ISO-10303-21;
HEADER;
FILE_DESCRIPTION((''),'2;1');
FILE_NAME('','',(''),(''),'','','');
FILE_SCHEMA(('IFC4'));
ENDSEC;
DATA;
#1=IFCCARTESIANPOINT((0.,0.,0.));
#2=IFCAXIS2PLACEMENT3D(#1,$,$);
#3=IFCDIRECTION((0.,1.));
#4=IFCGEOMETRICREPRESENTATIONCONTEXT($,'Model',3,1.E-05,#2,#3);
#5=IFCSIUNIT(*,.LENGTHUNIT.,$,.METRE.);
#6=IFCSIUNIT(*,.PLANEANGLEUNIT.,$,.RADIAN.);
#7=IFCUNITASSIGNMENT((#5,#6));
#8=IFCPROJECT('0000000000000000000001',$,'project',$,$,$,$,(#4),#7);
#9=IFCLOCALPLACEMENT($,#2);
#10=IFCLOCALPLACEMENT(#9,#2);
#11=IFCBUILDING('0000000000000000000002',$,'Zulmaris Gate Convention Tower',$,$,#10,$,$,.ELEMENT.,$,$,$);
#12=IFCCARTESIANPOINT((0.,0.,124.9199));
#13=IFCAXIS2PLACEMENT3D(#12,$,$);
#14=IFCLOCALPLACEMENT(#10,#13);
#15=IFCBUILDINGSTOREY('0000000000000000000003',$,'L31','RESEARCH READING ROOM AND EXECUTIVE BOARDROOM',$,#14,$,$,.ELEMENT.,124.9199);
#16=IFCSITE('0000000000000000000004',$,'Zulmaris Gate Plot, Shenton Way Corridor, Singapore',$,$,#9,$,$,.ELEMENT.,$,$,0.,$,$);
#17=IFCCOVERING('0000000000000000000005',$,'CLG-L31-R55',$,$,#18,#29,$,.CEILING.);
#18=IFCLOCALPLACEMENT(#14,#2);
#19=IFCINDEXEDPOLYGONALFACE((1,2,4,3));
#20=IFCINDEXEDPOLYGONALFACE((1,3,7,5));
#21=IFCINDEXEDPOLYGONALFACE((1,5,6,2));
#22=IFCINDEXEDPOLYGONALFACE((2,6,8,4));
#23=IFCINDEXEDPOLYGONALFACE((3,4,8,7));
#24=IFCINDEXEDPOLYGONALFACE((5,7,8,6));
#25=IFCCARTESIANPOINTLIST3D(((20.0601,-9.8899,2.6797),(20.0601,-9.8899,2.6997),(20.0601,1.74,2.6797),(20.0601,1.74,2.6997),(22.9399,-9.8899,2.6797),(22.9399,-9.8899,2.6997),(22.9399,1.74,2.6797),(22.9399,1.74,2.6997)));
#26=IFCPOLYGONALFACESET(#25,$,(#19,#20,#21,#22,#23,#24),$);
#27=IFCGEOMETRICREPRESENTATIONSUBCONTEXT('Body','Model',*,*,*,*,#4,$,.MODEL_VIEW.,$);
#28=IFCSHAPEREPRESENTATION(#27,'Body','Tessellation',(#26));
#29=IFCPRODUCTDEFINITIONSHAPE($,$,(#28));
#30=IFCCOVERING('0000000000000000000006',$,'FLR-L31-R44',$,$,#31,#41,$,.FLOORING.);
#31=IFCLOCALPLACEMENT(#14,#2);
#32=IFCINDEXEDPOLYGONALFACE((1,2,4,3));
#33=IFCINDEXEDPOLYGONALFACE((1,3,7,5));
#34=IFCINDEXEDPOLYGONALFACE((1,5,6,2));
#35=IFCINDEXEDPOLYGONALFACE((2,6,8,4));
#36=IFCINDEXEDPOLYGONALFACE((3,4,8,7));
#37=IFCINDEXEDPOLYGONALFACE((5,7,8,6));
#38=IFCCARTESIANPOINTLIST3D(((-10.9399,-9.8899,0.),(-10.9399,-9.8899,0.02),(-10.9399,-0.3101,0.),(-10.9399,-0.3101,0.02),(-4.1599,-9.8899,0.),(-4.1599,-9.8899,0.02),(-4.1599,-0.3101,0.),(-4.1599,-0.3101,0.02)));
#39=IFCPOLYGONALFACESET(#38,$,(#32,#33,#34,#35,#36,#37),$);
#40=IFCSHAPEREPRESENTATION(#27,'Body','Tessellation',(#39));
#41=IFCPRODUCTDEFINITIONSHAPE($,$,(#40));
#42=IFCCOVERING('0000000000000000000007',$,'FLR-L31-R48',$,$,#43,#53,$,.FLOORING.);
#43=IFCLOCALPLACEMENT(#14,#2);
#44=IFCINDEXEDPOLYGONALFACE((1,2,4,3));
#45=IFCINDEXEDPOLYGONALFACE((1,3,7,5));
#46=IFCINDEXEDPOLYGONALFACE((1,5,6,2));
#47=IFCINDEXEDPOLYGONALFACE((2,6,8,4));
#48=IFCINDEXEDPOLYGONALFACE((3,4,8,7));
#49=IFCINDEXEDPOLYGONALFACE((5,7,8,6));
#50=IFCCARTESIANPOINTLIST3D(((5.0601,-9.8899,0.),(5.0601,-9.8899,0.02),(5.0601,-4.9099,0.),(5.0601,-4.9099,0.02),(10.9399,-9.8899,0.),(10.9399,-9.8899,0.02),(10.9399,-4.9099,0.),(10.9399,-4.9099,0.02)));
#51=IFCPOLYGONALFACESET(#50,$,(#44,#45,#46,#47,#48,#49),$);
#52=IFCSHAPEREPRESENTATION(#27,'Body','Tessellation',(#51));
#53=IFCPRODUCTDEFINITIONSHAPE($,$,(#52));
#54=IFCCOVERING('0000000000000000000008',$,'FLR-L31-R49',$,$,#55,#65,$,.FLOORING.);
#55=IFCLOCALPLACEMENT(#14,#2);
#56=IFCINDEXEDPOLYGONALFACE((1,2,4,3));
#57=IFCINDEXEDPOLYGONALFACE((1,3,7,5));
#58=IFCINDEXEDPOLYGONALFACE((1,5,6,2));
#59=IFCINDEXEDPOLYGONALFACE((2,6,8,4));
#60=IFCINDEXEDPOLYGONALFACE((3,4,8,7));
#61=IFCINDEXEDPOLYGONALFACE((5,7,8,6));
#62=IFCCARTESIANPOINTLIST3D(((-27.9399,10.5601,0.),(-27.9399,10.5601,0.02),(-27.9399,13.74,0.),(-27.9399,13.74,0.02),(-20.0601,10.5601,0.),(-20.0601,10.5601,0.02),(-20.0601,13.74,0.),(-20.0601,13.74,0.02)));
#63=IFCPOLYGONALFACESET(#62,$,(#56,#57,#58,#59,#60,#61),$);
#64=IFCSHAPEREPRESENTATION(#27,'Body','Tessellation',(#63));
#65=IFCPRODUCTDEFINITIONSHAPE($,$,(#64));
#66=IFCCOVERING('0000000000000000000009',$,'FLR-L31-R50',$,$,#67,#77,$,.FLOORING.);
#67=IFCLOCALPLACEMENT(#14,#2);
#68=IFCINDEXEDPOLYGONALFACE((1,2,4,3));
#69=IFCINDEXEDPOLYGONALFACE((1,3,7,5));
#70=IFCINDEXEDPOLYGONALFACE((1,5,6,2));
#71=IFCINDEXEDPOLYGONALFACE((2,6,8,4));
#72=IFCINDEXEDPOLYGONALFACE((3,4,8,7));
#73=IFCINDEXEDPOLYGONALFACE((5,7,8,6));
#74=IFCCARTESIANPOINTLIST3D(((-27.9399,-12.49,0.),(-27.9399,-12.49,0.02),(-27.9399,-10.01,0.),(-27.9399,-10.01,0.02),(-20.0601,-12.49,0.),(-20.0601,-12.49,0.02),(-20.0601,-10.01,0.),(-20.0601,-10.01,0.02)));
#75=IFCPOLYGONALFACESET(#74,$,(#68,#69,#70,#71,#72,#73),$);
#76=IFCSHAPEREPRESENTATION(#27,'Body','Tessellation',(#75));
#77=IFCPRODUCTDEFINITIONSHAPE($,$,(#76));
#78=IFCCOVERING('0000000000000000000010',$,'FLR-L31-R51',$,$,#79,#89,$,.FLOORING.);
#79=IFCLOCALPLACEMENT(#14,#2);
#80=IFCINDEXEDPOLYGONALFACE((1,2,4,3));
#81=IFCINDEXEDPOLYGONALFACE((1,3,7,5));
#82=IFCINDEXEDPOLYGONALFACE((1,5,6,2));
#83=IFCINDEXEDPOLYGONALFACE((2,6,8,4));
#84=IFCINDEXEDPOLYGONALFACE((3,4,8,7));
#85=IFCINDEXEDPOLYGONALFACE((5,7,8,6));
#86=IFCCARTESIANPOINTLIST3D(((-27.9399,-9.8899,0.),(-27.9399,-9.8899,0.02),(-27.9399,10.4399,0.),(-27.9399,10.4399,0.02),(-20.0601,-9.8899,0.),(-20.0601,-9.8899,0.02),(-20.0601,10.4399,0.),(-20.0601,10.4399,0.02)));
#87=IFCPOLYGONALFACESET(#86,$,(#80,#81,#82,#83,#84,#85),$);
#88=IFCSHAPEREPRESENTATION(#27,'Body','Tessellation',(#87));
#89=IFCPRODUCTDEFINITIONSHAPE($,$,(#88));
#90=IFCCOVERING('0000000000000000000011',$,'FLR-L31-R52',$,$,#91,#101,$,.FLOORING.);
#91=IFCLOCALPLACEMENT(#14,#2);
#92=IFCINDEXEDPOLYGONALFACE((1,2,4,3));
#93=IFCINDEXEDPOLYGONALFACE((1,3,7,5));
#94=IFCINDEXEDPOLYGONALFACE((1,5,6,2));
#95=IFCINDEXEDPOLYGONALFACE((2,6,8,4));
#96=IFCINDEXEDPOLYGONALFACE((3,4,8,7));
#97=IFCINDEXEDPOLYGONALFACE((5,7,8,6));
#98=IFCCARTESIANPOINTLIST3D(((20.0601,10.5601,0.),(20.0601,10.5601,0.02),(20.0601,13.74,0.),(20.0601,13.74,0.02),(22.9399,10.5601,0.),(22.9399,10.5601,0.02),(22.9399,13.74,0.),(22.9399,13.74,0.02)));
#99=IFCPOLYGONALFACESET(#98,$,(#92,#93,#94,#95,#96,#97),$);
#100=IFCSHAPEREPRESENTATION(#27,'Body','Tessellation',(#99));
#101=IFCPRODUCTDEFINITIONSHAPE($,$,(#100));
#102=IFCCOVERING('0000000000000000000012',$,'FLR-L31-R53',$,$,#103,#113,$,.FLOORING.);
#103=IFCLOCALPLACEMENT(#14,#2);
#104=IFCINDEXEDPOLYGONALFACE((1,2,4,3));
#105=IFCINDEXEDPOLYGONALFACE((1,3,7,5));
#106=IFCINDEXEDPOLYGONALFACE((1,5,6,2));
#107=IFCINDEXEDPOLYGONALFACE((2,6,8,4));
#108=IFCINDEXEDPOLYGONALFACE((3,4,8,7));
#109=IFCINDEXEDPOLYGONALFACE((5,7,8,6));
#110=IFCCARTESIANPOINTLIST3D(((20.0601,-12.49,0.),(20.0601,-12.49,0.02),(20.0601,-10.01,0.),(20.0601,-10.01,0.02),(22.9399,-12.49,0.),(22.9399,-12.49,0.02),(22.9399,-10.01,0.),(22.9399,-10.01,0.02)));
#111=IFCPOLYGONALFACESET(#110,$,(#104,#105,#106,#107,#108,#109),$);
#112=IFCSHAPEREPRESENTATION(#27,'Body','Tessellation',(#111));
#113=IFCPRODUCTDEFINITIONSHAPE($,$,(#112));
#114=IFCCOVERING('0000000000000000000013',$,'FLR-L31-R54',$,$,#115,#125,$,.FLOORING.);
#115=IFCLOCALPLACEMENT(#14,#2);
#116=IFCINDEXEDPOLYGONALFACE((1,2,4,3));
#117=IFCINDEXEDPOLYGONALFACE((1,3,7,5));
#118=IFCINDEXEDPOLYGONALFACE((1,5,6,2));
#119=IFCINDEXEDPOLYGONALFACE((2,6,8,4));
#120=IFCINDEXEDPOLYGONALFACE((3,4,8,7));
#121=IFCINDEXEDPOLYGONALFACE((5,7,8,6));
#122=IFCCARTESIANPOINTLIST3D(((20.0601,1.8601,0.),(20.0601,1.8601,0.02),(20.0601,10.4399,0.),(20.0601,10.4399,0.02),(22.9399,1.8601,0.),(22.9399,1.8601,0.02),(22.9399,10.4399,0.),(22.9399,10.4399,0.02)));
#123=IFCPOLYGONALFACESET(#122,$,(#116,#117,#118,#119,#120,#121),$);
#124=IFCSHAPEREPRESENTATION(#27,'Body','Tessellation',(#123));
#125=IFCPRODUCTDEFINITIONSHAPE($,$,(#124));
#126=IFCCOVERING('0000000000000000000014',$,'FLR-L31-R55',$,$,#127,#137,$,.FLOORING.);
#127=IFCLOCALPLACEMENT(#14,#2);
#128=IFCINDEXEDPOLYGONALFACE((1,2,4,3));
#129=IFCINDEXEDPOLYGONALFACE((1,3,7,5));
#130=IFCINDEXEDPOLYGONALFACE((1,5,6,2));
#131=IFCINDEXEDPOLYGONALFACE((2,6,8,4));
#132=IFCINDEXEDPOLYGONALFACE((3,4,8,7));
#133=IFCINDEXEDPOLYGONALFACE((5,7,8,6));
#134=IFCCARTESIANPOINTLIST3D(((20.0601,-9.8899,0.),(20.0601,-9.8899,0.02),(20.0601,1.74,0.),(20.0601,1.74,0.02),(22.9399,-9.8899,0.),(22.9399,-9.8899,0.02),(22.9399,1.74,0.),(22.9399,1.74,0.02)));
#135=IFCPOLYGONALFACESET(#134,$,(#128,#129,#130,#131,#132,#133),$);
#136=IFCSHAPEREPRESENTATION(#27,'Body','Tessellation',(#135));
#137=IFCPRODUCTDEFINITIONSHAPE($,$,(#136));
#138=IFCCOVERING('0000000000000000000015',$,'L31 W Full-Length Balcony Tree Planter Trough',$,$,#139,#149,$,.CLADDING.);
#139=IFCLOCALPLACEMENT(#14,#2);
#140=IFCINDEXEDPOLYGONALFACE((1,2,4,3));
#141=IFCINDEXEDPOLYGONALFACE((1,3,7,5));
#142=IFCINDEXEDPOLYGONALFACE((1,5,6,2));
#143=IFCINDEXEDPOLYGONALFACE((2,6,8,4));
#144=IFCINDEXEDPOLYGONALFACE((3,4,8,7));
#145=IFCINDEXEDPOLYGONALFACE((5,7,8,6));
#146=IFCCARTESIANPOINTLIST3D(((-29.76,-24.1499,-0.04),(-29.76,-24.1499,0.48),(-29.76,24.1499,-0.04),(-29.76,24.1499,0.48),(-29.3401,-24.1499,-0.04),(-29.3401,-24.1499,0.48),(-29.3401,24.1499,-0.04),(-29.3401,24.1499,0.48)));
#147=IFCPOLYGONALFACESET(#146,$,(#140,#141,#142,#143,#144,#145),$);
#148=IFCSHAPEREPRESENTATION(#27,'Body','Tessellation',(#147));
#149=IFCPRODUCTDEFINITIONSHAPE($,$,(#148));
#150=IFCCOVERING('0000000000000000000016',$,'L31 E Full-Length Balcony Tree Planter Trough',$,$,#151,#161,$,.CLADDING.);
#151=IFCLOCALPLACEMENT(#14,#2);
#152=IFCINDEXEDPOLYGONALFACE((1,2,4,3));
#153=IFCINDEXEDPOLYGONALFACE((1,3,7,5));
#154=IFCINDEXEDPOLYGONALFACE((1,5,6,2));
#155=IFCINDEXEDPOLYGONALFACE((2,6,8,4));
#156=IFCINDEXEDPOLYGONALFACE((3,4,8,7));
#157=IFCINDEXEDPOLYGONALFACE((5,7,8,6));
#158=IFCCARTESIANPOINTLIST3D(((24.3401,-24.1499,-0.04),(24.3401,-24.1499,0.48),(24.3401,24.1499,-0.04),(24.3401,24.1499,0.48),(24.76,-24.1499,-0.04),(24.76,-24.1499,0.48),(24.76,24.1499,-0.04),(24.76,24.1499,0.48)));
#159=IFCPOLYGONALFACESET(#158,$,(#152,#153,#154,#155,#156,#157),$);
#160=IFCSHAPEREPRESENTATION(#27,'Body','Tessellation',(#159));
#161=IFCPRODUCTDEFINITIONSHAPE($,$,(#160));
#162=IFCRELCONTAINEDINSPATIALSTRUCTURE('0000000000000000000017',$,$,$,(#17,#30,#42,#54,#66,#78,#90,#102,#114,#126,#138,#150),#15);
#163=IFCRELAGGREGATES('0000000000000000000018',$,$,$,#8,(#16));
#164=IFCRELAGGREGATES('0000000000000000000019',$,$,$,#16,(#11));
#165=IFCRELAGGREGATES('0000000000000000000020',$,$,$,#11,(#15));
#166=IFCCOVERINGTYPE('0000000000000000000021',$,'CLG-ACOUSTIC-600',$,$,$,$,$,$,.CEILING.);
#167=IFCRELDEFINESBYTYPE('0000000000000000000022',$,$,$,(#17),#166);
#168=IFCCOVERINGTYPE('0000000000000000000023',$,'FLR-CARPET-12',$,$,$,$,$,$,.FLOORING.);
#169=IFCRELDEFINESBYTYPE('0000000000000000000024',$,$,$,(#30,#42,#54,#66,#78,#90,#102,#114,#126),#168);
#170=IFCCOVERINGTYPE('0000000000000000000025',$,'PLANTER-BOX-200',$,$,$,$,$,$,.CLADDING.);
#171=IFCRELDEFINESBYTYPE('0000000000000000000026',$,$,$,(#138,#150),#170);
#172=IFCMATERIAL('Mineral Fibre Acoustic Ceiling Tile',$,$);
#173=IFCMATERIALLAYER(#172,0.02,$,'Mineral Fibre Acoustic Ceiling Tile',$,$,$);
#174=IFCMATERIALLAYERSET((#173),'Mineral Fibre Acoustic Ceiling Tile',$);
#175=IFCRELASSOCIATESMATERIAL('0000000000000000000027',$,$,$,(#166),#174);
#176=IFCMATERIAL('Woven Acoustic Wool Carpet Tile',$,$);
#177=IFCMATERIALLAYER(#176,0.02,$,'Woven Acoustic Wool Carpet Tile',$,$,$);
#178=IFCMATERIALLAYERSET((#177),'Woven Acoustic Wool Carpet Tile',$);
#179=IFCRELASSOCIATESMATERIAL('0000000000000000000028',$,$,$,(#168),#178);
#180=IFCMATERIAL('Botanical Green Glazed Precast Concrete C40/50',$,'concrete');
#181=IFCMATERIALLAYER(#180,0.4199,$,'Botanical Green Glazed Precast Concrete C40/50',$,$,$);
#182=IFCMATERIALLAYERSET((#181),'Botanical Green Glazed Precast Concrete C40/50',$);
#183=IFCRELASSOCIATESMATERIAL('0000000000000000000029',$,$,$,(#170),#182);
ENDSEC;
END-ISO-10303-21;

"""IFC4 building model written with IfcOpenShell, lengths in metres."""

from ifc_helpers import new_model, si_unit, direction, frame, origin, place, context, subcontext, project, spatial, polyline, outline, extrude, material, layer, layer_set, type_object, element, save


model = new_model("IFC4")

# Units and contexts
model_context = context("Model", 3, precision=1e-05, world=origin(), true_north=direction((0.0, 1.0)))
body_context = subcontext(model_context, "Body", "Model", "MODEL_VIEW")
ifc_project = project(units=[si_unit("LENGTHUNIT", "METRE"), si_unit("PLANEANGLEUNIT", "RADIAN")], contexts=[model_context])

# Site, building, storey
site_placement = place(None, origin())
site = spatial("IfcSite", under=ifc_project, at=site_placement, Name="Zulmaris Gate Plot, Shenton Way Corridor, Singapore", CompositionType="ELEMENT", RefElevation=0.0)
building_placement = place(site_placement, origin())
building = spatial("IfcBuilding", under=site, at=building_placement, Name="Zulmaris Gate Convention Tower", CompositionType="ELEMENT")
storey_placement = place(building_placement, frame((0.0, 0.0, 124.9199)))
storey = spatial("IfcBuildingStorey", under=building, at=storey_placement, Name="L31", Description="RESEARCH READING ROOM AND EXECUTIVE BOARDROOM", CompositionType="ELEMENT", Elevation=124.9199)

# Coverings
ifc_material_1 = material(Name="Mineral Fibre Acoustic Ceiling Tile")
ifc_layer_1 = layer(ifc_material_1, 0.02, Name="Mineral Fibre Acoustic Ceiling Tile")
ifc_layer_set_1 = layer_set([ifc_layer_1], Name="Mineral Fibre Acoustic Ceiling Tile")
covering_type_1 = type_object("IfcCoveringType", Name="CLG-ACOUSTIC-600", PredefinedType="CEILING", material=ifc_layer_set_1)
covering_1_placement = place(storey_placement, frame((0.0, 0.0, 2.6797)))
element("IfcCovering", 1, at=covering_1_placement, inside=storey, type_object=covering_type_1, Name="CLG-L31-R55", PredefinedType="CEILING", context=body_context, shape_type="SweptSolid", body=[
    extrude(outline(polyline([(20.0601, -9.8899), (22.9399, -9.8899), (22.9399, 1.74), (20.0601, 1.74), (20.0601, -9.8899)])), origin(), (0.0, 0.0, 1.0), 0.02),
])
ifc_material_2 = material(Name="Woven Acoustic Wool Carpet Tile")
ifc_layer_2 = layer(ifc_material_2, 0.02, Name="Woven Acoustic Wool Carpet Tile")
ifc_layer_set_2 = layer_set([ifc_layer_2], Name="Woven Acoustic Wool Carpet Tile")
covering_type_2 = type_object("IfcCoveringType", Name="FLR-CARPET-12", PredefinedType="FLOORING", material=ifc_layer_set_2)
covering_2_placement = place(storey_placement, origin())
element("IfcCovering", 2, at=covering_2_placement, inside=storey, type_object=covering_type_2, Name="FLR-L31-R44", PredefinedType="FLOORING", context=body_context, shape_type="SweptSolid", body=[
    extrude(outline(polyline([(-10.9399, -9.8899), (-4.1599, -9.8899), (-4.1599, -0.3101), (-10.9399, -0.3101), (-10.9399, -9.8899)])), origin(), (0.0, 0.0, 1.0), 0.02),
])
covering_3_placement = place(storey_placement, origin())
element("IfcCovering", 3, at=covering_3_placement, inside=storey, type_object=covering_type_2, Name="FLR-L31-R48", PredefinedType="FLOORING", context=body_context, shape_type="SweptSolid", body=[
    extrude(outline(polyline([(5.0601, -9.8899), (10.9399, -9.8899), (10.9399, -4.9099), (5.0601, -4.9099), (5.0601, -9.8899)])), origin(), (0.0, 0.0, 1.0), 0.02),
])
covering_4_placement = place(storey_placement, origin())
element("IfcCovering", 4, at=covering_4_placement, inside=storey, type_object=covering_type_2, Name="FLR-L31-R49", PredefinedType="FLOORING", context=body_context, shape_type="SweptSolid", body=[
    extrude(outline(polyline([(-27.9399, 10.5601), (-20.0601, 10.5601), (-20.0601, 13.74), (-27.9399, 13.74), (-27.9399, 10.5601)])), origin(), (0.0, 0.0, 1.0), 0.02),
])
covering_5_placement = place(storey_placement, origin())
element("IfcCovering", 5, at=covering_5_placement, inside=storey, type_object=covering_type_2, Name="FLR-L31-R50", PredefinedType="FLOORING", context=body_context, shape_type="SweptSolid", body=[
    extrude(outline(polyline([(-27.9399, -12.49), (-20.0601, -12.49), (-20.0601, -10.01), (-27.9399, -10.01), (-27.9399, -12.49)])), origin(), (0.0, 0.0, 1.0), 0.02),
])
covering_6_placement = place(storey_placement, origin())
element("IfcCovering", 6, at=covering_6_placement, inside=storey, type_object=covering_type_2, Name="FLR-L31-R51", PredefinedType="FLOORING", context=body_context, shape_type="SweptSolid", body=[
    extrude(outline(polyline([(-27.9399, -9.8899), (-20.0601, -9.8899), (-20.0601, 10.4399), (-27.9399, 10.4399), (-27.9399, -9.8899)])), origin(), (0.0, 0.0, 1.0), 0.02),
])
covering_7_placement = place(storey_placement, origin())
element("IfcCovering", 7, at=covering_7_placement, inside=storey, type_object=covering_type_2, Name="FLR-L31-R52", PredefinedType="FLOORING", context=body_context, shape_type="SweptSolid", body=[
    extrude(outline(polyline([(20.0601, 10.5601), (22.9399, 10.5601), (22.9399, 13.74), (20.0601, 13.74), (20.0601, 10.5601)])), origin(), (0.0, 0.0, 1.0), 0.02),
])
covering_8_placement = place(storey_placement, origin())
element("IfcCovering", 8, at=covering_8_placement, inside=storey, type_object=covering_type_2, Name="FLR-L31-R53", PredefinedType="FLOORING", context=body_context, shape_type="SweptSolid", body=[
    extrude(outline(polyline([(20.0601, -12.49), (22.9399, -12.49), (22.9399, -10.01), (20.0601, -10.01), (20.0601, -12.49)])), origin(), (0.0, 0.0, 1.0), 0.02),
])
covering_9_placement = place(storey_placement, origin())
element("IfcCovering", 9, at=covering_9_placement, inside=storey, type_object=covering_type_2, Name="FLR-L31-R54", PredefinedType="FLOORING", context=body_context, shape_type="SweptSolid", body=[
    extrude(outline(polyline([(20.0601, 1.8601), (22.9399, 1.8601), (22.9399, 10.4399), (20.0601, 10.4399), (20.0601, 1.8601)])), origin(), (0.0, 0.0, 1.0), 0.02),
])
covering_10_placement = place(storey_placement, origin())
element("IfcCovering", 10, at=covering_10_placement, inside=storey, type_object=covering_type_2, Name="FLR-L31-R55", PredefinedType="FLOORING", context=body_context, shape_type="SweptSolid", body=[
    extrude(outline(polyline([(20.0601, -9.8899), (22.9399, -9.8899), (22.9399, 1.74), (20.0601, 1.74), (20.0601, -9.8899)])), origin(), (0.0, 0.0, 1.0), 0.02),
])
ifc_material_3 = material(Name="Botanical Green Glazed Precast Concrete C40/50", Category="concrete")
ifc_layer_3 = layer(ifc_material_3, 0.4199, Name="Botanical Green Glazed Precast Concrete C40/50")
ifc_layer_set_3 = layer_set([ifc_layer_3], Name="Botanical Green Glazed Precast Concrete C40/50")
covering_type_3 = type_object("IfcCoveringType", Name="PLANTER-BOX-200", PredefinedType="CLADDING", material=ifc_layer_set_3)
covering_11_placement = place(storey_placement, frame((0.0, 0.0, -0.04)))
element("IfcCovering", 11, at=covering_11_placement, inside=storey, type_object=covering_type_3, Name="L31 W Full-Length Balcony Tree Planter Trough", PredefinedType="CLADDING", context=body_context, shape_type="SweptSolid", body=[
    extrude(outline(polyline([(-29.76, -24.1499), (-29.3401, -24.1499), (-29.3401, 24.1499), (-29.76, 24.1499), (-29.76, -24.1499)])), origin(), (0.0, 0.0, 1.0), 0.52),
])
covering_12_placement = place(storey_placement, frame((0.0, 0.0, -0.04)))
element("IfcCovering", 12, at=covering_12_placement, inside=storey, type_object=covering_type_3, Name="L31 E Full-Length Balcony Tree Planter Trough", PredefinedType="CLADDING", context=body_context, shape_type="SweptSolid", body=[
    extrude(outline(polyline([(24.3401, -24.1499), (24.76, -24.1499), (24.76, 24.1499), (24.3401, 24.1499), (24.3401, -24.1499)])), origin(), (0.0, 0.0, 1.0), 0.52),
])

save(model, "model.ifc")
